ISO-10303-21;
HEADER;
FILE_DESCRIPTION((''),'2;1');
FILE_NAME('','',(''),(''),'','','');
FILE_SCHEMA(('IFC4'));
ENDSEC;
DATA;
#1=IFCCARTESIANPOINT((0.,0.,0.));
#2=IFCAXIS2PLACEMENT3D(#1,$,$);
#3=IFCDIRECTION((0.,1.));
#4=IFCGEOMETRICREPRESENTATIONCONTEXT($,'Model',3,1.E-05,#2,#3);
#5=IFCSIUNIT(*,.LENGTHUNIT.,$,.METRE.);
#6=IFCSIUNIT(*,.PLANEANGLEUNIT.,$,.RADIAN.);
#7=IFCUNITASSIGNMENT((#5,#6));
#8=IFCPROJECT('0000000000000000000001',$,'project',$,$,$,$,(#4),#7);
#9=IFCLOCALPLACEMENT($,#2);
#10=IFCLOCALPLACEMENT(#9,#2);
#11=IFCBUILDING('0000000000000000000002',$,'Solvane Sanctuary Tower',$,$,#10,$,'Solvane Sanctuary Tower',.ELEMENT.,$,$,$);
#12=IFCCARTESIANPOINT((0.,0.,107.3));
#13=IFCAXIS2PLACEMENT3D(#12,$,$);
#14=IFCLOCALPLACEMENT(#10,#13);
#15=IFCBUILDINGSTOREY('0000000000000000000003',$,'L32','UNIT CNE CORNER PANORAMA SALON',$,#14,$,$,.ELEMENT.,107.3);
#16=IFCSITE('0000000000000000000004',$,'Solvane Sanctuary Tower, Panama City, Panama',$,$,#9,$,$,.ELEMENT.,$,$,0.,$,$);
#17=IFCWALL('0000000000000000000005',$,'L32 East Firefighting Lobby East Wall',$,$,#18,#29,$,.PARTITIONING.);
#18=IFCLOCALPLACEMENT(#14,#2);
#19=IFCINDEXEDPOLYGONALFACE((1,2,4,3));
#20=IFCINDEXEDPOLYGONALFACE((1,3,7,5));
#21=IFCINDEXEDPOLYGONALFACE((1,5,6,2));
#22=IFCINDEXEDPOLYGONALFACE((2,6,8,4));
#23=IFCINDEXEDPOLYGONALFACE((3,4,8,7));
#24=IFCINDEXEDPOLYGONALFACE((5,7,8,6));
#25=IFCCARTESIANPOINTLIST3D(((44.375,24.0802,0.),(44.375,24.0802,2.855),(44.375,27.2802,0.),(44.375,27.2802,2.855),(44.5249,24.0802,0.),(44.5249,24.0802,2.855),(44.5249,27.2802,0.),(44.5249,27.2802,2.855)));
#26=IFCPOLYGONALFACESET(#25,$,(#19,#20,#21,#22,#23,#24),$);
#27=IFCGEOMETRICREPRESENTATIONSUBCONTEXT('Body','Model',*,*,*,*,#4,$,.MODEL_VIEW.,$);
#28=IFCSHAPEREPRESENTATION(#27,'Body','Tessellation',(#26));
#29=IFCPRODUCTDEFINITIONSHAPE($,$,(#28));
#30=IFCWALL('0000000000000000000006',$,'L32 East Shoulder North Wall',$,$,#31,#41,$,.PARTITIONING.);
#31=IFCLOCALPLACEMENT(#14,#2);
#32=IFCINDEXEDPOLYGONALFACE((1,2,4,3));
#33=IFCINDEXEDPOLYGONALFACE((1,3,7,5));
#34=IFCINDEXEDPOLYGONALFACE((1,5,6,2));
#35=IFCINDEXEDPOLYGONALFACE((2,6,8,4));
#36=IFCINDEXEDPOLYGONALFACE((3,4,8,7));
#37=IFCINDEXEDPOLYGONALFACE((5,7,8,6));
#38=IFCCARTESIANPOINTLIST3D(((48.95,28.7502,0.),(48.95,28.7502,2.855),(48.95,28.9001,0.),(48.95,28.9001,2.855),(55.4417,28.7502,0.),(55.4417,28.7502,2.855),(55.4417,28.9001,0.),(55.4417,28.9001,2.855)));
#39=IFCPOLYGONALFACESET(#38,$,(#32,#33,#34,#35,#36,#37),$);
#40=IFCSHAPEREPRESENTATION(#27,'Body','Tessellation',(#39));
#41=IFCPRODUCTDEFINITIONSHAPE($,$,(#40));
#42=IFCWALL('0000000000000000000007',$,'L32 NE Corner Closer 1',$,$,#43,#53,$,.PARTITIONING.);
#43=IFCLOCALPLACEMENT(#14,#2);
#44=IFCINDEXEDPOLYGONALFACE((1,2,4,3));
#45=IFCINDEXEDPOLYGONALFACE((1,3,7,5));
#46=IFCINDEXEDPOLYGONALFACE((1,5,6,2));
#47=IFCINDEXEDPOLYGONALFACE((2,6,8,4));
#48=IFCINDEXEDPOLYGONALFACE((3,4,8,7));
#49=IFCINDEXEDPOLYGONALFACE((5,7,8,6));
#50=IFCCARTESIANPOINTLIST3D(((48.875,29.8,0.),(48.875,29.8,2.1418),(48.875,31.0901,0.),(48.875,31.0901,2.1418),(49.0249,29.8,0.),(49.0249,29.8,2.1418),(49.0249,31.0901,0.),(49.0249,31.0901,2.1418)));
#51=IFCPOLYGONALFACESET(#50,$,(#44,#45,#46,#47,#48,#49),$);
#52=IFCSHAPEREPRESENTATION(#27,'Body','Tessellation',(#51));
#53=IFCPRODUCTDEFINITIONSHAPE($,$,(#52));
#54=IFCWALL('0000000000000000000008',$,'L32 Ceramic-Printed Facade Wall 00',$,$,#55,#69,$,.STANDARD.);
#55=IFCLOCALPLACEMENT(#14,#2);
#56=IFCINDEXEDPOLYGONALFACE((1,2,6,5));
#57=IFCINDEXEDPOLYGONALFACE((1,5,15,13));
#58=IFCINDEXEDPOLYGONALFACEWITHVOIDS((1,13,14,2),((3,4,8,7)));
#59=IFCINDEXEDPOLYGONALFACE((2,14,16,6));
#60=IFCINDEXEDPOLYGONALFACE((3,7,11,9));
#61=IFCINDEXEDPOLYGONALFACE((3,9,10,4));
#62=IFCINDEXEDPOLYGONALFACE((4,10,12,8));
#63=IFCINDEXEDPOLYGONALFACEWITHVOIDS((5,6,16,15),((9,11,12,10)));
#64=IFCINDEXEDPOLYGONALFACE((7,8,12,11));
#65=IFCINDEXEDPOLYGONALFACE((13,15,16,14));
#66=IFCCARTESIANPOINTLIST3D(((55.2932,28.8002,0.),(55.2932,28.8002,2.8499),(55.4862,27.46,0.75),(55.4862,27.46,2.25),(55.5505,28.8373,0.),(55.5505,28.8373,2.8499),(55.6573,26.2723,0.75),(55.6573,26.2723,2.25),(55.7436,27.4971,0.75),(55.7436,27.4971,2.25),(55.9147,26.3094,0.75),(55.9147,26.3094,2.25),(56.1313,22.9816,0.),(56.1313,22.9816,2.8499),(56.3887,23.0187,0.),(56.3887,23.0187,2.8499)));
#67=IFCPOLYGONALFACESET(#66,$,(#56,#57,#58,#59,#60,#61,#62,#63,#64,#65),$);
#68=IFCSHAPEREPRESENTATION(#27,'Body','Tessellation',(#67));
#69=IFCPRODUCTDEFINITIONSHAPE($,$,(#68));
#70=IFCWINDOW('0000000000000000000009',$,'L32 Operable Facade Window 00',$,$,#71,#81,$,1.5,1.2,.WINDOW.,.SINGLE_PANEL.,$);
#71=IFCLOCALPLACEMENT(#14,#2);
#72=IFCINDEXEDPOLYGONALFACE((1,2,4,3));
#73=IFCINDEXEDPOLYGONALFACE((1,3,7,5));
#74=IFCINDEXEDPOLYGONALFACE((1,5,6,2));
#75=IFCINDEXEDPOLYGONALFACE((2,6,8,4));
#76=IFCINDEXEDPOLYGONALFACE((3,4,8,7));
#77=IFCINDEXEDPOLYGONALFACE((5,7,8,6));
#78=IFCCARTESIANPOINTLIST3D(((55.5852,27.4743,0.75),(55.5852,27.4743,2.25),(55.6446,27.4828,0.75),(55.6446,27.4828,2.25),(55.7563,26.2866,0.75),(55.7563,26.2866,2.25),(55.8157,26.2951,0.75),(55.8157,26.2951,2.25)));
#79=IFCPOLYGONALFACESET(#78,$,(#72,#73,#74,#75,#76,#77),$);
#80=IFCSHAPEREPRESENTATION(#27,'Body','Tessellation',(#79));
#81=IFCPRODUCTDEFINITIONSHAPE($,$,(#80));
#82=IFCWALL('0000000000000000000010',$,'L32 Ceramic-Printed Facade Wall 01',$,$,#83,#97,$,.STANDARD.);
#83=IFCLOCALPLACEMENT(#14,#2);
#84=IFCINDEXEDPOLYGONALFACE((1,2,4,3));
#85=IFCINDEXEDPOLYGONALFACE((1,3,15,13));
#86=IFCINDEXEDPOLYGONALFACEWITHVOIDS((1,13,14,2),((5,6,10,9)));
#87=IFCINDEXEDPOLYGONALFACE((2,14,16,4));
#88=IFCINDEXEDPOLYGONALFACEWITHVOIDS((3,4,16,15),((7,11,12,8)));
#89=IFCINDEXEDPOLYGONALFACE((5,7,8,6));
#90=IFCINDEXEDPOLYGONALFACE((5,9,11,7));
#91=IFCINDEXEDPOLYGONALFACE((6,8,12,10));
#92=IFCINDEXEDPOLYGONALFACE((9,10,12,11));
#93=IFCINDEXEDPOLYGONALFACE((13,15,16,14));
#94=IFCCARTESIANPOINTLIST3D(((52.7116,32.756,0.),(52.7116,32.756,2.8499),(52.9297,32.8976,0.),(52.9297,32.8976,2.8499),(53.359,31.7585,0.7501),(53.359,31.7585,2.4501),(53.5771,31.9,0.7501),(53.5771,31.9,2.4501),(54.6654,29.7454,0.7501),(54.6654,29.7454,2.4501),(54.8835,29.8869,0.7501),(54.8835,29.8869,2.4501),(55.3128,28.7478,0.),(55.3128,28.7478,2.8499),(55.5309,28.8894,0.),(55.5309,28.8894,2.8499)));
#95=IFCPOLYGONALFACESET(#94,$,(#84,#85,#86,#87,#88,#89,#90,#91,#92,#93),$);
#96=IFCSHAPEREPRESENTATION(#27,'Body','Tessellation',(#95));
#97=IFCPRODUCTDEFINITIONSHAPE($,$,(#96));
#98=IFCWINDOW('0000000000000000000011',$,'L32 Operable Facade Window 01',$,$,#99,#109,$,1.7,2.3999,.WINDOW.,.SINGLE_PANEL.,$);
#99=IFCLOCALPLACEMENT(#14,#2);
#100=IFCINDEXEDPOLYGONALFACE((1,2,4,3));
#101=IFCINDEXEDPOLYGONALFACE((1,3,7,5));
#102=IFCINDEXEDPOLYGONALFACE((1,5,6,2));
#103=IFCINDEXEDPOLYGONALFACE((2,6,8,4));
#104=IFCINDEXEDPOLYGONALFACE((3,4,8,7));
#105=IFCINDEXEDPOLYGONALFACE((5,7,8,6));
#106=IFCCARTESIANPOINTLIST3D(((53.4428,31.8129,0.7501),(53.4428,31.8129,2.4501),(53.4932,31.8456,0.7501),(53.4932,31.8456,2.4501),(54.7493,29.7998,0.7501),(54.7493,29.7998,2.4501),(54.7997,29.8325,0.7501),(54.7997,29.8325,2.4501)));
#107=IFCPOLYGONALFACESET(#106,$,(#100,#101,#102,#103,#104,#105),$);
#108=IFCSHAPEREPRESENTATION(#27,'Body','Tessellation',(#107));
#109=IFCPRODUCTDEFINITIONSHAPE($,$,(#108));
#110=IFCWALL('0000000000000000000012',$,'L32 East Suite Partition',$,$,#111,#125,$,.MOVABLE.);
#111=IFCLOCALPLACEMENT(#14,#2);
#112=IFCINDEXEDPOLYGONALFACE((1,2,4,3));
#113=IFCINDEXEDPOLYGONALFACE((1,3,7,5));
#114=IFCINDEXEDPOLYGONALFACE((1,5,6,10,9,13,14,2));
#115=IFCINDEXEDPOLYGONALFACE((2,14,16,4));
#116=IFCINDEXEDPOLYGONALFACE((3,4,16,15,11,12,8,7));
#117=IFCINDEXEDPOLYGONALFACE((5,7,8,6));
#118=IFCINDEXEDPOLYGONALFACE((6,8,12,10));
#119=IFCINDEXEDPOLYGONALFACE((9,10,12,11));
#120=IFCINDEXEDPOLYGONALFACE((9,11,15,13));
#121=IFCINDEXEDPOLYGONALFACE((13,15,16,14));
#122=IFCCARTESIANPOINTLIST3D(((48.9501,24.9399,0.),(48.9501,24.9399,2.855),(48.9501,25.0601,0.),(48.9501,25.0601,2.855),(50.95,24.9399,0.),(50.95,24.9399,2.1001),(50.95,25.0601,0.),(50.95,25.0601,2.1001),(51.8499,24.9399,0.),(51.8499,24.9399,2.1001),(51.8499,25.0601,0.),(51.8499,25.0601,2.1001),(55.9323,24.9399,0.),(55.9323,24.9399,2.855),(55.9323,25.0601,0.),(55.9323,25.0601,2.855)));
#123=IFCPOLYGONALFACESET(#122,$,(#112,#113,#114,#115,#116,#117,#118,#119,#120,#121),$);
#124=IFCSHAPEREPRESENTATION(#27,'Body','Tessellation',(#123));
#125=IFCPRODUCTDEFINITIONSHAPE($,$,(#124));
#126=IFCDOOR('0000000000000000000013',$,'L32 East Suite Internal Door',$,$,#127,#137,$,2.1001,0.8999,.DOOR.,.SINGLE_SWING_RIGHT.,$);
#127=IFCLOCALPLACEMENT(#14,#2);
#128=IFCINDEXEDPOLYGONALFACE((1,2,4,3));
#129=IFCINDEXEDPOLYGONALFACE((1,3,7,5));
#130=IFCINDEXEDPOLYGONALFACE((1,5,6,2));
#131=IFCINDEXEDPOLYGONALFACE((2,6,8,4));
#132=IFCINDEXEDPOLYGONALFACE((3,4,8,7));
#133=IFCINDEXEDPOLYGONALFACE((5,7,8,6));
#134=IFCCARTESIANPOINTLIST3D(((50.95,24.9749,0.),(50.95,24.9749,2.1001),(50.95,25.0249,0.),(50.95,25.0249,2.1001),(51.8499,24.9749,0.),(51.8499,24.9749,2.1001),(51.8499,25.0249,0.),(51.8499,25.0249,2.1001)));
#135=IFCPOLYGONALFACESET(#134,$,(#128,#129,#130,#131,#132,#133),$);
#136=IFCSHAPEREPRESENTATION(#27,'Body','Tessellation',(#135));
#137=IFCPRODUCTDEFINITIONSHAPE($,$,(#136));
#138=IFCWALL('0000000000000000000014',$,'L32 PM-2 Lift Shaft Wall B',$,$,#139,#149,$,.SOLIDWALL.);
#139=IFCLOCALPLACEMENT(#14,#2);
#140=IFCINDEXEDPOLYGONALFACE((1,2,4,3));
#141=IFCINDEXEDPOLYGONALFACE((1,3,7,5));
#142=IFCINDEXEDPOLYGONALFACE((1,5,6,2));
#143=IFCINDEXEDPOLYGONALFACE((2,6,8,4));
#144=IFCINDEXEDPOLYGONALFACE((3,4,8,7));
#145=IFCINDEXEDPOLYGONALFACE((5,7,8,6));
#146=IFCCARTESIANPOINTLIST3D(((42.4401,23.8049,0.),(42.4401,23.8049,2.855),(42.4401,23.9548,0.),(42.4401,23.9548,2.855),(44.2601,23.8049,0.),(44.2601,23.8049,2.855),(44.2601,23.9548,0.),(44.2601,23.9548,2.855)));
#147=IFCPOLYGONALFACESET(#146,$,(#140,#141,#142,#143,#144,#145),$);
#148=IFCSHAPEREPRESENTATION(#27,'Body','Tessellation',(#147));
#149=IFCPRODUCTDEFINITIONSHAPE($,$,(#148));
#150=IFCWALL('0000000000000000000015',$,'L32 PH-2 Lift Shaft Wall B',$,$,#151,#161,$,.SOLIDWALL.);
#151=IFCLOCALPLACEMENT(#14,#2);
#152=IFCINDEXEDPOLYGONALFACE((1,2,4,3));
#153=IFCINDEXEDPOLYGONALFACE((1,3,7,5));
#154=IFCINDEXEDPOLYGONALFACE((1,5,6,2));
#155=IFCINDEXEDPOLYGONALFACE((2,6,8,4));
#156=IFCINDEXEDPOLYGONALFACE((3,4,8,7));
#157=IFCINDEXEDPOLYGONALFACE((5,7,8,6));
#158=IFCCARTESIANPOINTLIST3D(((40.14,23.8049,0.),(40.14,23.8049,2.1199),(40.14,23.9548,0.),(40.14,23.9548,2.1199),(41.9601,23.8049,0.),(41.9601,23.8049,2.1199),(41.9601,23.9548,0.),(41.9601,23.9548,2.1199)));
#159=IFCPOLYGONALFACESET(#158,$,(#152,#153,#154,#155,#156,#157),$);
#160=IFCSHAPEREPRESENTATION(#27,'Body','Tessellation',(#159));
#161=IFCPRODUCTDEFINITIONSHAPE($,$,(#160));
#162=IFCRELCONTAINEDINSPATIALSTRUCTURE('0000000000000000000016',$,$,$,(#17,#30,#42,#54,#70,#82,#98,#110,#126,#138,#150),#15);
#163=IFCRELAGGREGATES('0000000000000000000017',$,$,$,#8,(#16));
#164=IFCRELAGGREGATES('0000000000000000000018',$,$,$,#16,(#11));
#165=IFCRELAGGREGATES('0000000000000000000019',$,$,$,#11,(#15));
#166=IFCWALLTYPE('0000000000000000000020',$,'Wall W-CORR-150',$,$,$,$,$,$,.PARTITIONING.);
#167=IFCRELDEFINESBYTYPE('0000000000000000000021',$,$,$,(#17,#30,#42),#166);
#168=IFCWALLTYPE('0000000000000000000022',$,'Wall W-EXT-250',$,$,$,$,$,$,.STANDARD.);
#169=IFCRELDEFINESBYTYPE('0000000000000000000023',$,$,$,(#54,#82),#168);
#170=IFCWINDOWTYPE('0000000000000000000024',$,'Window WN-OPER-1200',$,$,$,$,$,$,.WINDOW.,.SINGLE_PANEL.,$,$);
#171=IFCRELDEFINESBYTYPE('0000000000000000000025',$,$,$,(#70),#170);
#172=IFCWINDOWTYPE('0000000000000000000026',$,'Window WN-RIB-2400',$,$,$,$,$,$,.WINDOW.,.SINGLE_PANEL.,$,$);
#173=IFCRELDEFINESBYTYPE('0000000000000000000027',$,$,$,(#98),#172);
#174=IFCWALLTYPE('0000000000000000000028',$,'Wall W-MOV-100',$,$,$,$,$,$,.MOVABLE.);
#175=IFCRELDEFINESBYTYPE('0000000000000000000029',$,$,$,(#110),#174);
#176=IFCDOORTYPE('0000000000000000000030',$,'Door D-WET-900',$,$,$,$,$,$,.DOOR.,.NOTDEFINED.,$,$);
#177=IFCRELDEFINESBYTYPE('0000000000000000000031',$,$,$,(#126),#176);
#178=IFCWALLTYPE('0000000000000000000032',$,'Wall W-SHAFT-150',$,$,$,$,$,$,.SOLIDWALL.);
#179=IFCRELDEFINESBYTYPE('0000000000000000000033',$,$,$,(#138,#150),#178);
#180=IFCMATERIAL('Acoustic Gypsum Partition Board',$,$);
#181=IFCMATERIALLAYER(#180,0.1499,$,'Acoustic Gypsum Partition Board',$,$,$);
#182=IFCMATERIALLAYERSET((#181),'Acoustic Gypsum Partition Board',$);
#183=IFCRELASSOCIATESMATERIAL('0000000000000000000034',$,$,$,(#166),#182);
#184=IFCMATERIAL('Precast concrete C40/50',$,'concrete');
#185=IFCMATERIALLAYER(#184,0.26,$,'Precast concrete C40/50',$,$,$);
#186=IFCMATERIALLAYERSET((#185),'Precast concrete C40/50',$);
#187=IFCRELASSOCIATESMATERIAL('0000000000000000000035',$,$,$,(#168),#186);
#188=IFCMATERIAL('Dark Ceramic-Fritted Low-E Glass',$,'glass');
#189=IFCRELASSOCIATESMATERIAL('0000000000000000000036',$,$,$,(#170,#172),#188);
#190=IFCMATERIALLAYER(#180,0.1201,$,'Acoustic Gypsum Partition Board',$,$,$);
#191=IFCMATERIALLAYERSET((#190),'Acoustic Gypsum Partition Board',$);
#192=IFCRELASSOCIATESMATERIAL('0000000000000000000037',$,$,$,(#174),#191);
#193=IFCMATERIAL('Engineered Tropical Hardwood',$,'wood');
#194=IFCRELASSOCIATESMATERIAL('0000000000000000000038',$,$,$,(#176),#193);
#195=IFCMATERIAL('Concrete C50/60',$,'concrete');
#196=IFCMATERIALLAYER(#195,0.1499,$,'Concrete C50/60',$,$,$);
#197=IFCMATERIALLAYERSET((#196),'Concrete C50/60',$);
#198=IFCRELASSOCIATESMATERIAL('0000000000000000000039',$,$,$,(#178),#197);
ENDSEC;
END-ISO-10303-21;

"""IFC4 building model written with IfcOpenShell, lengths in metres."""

from ifc_helpers import new_model, si_unit, direction, frame, frame_2d, origin, place, context, subcontext, project, spatial, rectangle, extrude, material, layer, layer_set, type_object, element, fill, save


model = new_model("IFC4")

# Units and contexts
model_context = context("Model", 3, precision=1e-05, world=origin(), true_north=direction((0.0, 1.0)))
body_context = subcontext(model_context, "Body", "Model", "MODEL_VIEW")
ifc_project = project(units=[si_unit("LENGTHUNIT", "METRE"), si_unit("PLANEANGLEUNIT", "RADIAN")], contexts=[model_context])

# Site, building, storey
site_placement = place(None, origin())
site = spatial("IfcSite", under=ifc_project, at=site_placement, Name="Solvane Sanctuary Tower, Panama City, Panama", CompositionType="ELEMENT", RefElevation=0.0)
building_placement = place(site_placement, origin())
building = spatial("IfcBuilding", under=site, at=building_placement, Name="Solvane Sanctuary Tower", LongName="Solvane Sanctuary Tower", CompositionType="ELEMENT")
storey_placement = place(building_placement, frame((0.0, 0.0, 107.3)))
storey = spatial("IfcBuildingStorey", under=building, at=storey_placement, Name="L32", Description="UNIT CNE CORNER PANORAMA SALON", CompositionType="ELEMENT", Elevation=107.3)

# Walls
ifc_material_1 = material(Name="Acoustic Gypsum Partition Board")
ifc_layer_1 = layer(ifc_material_1, 0.1499, Name="Acoustic Gypsum Partition Board")
ifc_layer_set_1 = layer_set([ifc_layer_1], Name="Acoustic Gypsum Partition Board")
wall_type_1 = type_object("IfcWallType", Name="Wall W-CORR-150", PredefinedType="PARTITIONING", material=ifc_layer_set_1)
wall_1_placement = place(storey_placement, frame((44.45, 24.0801, 0.0), z_axis=(0.0, 0.0, 1.0), x_axis=(0.0, 1.0, 0.0)))
element("IfcWall", 1, at=wall_1_placement, inside=storey, type_object=wall_type_1, Name="L32 East Firefighting Lobby East Wall", PredefinedType="PARTITIONING", context=body_context, shape_type="SweptSolid", body=[
    extrude(rectangle(XDim=3.2, YDim=0.1499, at=frame_2d((1.6001, 0.0))), origin(), (0.0, 0.0, 1.0), 2.855),
])
wall_2_placement = place(storey_placement, frame((48.95, 28.8252, 0.0), z_axis=(0.0, 0.0, 1.0), x_axis=(1.0, 0.0, 0.0)))
element("IfcWall", 2, at=wall_2_placement, inside=storey, type_object=wall_type_1, Name="L32 East Shoulder North Wall", PredefinedType="PARTITIONING", context=body_context, shape_type="SweptSolid", body=[
    extrude(rectangle(XDim=6.4917, YDim=0.1499, at=frame_2d((3.2458, 0.0))), origin(), (0.0, 0.0, 1.0), 2.855),
])
wall_3_placement = place(storey_placement, frame((48.95, 29.8, 0.0), z_axis=(0.0, 0.0, 1.0), x_axis=(0.0, 1.0, 0.0)))
element("IfcWall", 3, at=wall_3_placement, inside=storey, type_object=wall_type_1, Name="L32 NE Corner Closer 1", PredefinedType="PARTITIONING", context=body_context, shape_type="SweptSolid", body=[
    extrude(rectangle(XDim=1.29, YDim=0.1499, at=frame_2d((0.645, 0.0))), origin(), (0.0, 0.0, 1.0), 2.1418),
])

# Walls, openings, windows
ifc_material_2 = material(Name="Precast concrete C40/50", Category="concrete")
ifc_layer_2 = layer(ifc_material_2, 0.26, Name="Precast concrete C40/50")
ifc_layer_set_2 = layer_set([ifc_layer_2], Name="Precast concrete C40/50")
wall_type_2 = type_object("IfcWallType", Name="Wall W-EXT-250", PredefinedType="STANDARD", material=ifc_layer_set_2)
wall_4_placement = place(storey_placement, frame((56.26, 23.0, 0.0), z_axis=(0.0, 0.0, 1.0), x_axis=(-0.142572, 0.989784, 0.0)))
wall_4 = element("IfcWall", 4, at=wall_4_placement, inside=storey, type_object=wall_type_2, Name="L32 Ceramic-Printed Facade Wall 00", PredefinedType="STANDARD", context=body_context, shape_type="SweptSolid", body=[
    extrude(rectangle(XDim=5.8787, YDim=0.26, at=frame_2d((2.9395, 0.0))), origin(), (0.0, 0.0, 1.0), 2.8499),
])
opening_1_placement = place(wall_4_placement, frame((3.3247, 0.0, 0.75)))
opening_1 = element("IfcOpeningElement", 5, at=opening_1_placement, cuts=wall_4, PredefinedType="OPENING", context=body_context, shape_type="SweptSolid", body=[
    extrude(rectangle(XDim=1.2, YDim=1.5, at=frame_2d((0.6001, 0.75))), frame((0.0, 0.1399, 0.0), z_axis=(0.0, -1.0, 0.0), x_axis=(1.0, 0.0, 0.0)), (0.0, 0.0, 1.0), 0.28),
])
ifc_material_3 = material(Name="Dark Ceramic-Fritted Low-E Glass", Category="glass")
window_type_1 = type_object("IfcWindowType", Name="Window WN-OPER-1200", PartitioningType="SINGLE_PANEL", PredefinedType="WINDOW", material=ifc_material_3)
window_1_placement = place(opening_1_placement, origin())
window_1 = element("IfcWindow", 6, at=window_1_placement, inside=storey, type_object=window_type_1, Name="L32 Operable Facade Window 00", OverallHeight=1.5, OverallWidth=1.2, PartitioningType="SINGLE_PANEL", PredefinedType="WINDOW", context=body_context, shape_type="SweptSolid", body=[
    extrude(rectangle(XDim=1.2, YDim=1.5, at=frame_2d((0.6001, 0.75))), frame((0.0, 0.03, 0.0), z_axis=(0.0, -1.0, 0.0), x_axis=(1.0, 0.0, 0.0)), (0.0, 0.0, 1.0), 0.0601),
])
fill(opening_1, window_1)
wall_5_placement = place(storey_placement, frame((55.4219, 28.8186, 0.0), z_axis=(0.0, 0.0, 1.0), x_axis=(-0.544388, 0.838833, 0.0)))
wall_5 = element("IfcWall", 7, at=wall_5_placement, inside=storey, type_object=wall_type_2, Name="L32 Ceramic-Printed Facade Wall 01", PredefinedType="STANDARD", context=body_context, shape_type="SweptSolid", body=[
    extrude(rectangle(XDim=4.7783, YDim=0.26, at=frame_2d((2.3892, 0.0))), origin(), (0.0, 0.0, 1.0), 2.8499),
])
opening_2_placement = place(wall_5_placement, frame((1.1892, 0.0, 0.75)))
opening_2 = element("IfcOpeningElement", 8, at=opening_2_placement, cuts=wall_5, PredefinedType="OPENING", context=body_context, shape_type="SweptSolid", body=[
    extrude(rectangle(XDim=2.3999, YDim=1.7, at=frame_2d((1.2, 0.8501))), frame((0.0, 0.1399, 0.0), z_axis=(0.0, -1.0, 0.0), x_axis=(1.0, 0.0, 0.0)), (0.0, 0.0, 1.0), 0.28),
])
window_type_2 = type_object("IfcWindowType", Name="Window WN-RIB-2400", PartitioningType="SINGLE_PANEL", PredefinedType="WINDOW", material=ifc_material_3)
window_2_placement = place(opening_2_placement, origin())
window_2 = element("IfcWindow", 9, at=window_2_placement, inside=storey, type_object=window_type_2, Name="L32 Operable Facade Window 01", OverallHeight=1.7, OverallWidth=2.3999, PartitioningType="SINGLE_PANEL", PredefinedType="WINDOW", context=body_context, shape_type="SweptSolid", body=[
    extrude(rectangle(XDim=2.3999, YDim=1.7, at=frame_2d((1.2, 0.8501))), frame((0.0, 0.03, 0.0), z_axis=(0.0, -1.0, 0.0), x_axis=(1.0, 0.0, 0.0)), (0.0, 0.0, 1.0), 0.0601),
])
fill(opening_2, window_2)

# Wall, opening, door
ifc_layer_3 = layer(ifc_material_1, 0.1201, Name="Acoustic Gypsum Partition Board")
ifc_layer_set_3 = layer_set([ifc_layer_3], Name="Acoustic Gypsum Partition Board")
wall_type_3 = type_object("IfcWallType", Name="Wall W-MOV-100", PredefinedType="MOVABLE", material=ifc_layer_set_3)
wall_6_placement = place(storey_placement, frame((48.95, 25.0, 0.0), z_axis=(0.0, 0.0, 1.0), x_axis=(1.0, 0.0, 0.0)))
wall_6 = element("IfcWall", 10, at=wall_6_placement, inside=storey, type_object=wall_type_3, Name="L32 East Suite Partition", PredefinedType="MOVABLE", context=body_context, shape_type="SweptSolid", body=[
    extrude(rectangle(XDim=6.9822, YDim=0.1201, at=frame_2d((3.4912, 0.0))), origin(), (0.0, 0.0, 1.0), 2.855),
])
opening_3_placement = place(wall_6_placement, frame((2.0, 0.0, 0.0)))
opening_3 = element("IfcOpeningElement", 11, at=opening_3_placement, cuts=wall_6, PredefinedType="OPENING", context=body_context, shape_type="SweptSolid", body=[
    extrude(rectangle(XDim=0.8999, YDim=2.1001, at=frame_2d((0.45, 1.05))), frame((0.0, 0.0701, 0.0), z_axis=(0.0, -1.0, 0.0), x_axis=(1.0, 0.0, 0.0)), (0.0, 0.0, 1.0), 0.1401),
])
ifc_material_4 = material(Name="Engineered Tropical Hardwood", Category="wood")
door_type_1 = type_object("IfcDoorType", Name="Door D-WET-900", OperationType="NOTDEFINED", PredefinedType="DOOR", material=ifc_material_4)
door_1_placement = place(opening_3_placement, origin())
door_1 = element("IfcDoor", 12, at=door_1_placement, inside=storey, type_object=door_type_1, Name="L32 East Suite Internal Door", OperationType="SINGLE_SWING_RIGHT", OverallHeight=2.1001, OverallWidth=0.8999, PredefinedType="DOOR", context=body_context, shape_type="SweptSolid", body=[
    extrude(rectangle(XDim=0.8999, YDim=2.1001, at=frame_2d((0.45, 1.05))), frame((0.0, 0.0249, 0.0), z_axis=(0.0, -1.0, 0.0), x_axis=(1.0, 0.0, 0.0)), (0.0, 0.0, 1.0), 0.05),
])
fill(opening_3, door_1)

# Walls
ifc_material_5 = material(Name="Concrete C50/60", Category="concrete")
ifc_layer_4 = layer(ifc_material_5, 0.1499, Name="Concrete C50/60")
ifc_layer_set_4 = layer_set([ifc_layer_4], Name="Concrete C50/60")
wall_type_4 = type_object("IfcWallType", Name="Wall W-SHAFT-150", PredefinedType="SOLIDWALL", material=ifc_layer_set_4)
wall_7_placement = place(storey_placement, frame((42.4399, 23.8799, 0.0), z_axis=(0.0, 0.0, 1.0), x_axis=(1.0, 0.0, 0.0)))
element("IfcWall", 13, at=wall_7_placement, inside=storey, type_object=wall_type_4, Name="L32 PM-2 Lift Shaft Wall B", PredefinedType="SOLIDWALL", context=body_context, shape_type="SweptSolid", body=[
    extrude(rectangle(XDim=1.8201, YDim=0.1499, at=frame_2d((0.9102, 0.0))), origin(), (0.0, 0.0, 1.0), 2.855),
])
wall_8_placement = place(storey_placement, frame((40.1399, 23.8799, 0.0), z_axis=(0.0, 0.0, 1.0), x_axis=(1.0, 0.0, 0.0)))
element("IfcWall", 14, at=wall_8_placement, inside=storey, type_object=wall_type_4, Name="L32 PH-2 Lift Shaft Wall B", PredefinedType="SOLIDWALL", context=body_context, shape_type="SweptSolid", body=[
    extrude(rectangle(XDim=1.8201, YDim=0.1499, at=frame_2d((0.9102, 0.0))), origin(), (0.0, 0.0, 1.0), 2.1199),
])

save(model, "model.ifc")
